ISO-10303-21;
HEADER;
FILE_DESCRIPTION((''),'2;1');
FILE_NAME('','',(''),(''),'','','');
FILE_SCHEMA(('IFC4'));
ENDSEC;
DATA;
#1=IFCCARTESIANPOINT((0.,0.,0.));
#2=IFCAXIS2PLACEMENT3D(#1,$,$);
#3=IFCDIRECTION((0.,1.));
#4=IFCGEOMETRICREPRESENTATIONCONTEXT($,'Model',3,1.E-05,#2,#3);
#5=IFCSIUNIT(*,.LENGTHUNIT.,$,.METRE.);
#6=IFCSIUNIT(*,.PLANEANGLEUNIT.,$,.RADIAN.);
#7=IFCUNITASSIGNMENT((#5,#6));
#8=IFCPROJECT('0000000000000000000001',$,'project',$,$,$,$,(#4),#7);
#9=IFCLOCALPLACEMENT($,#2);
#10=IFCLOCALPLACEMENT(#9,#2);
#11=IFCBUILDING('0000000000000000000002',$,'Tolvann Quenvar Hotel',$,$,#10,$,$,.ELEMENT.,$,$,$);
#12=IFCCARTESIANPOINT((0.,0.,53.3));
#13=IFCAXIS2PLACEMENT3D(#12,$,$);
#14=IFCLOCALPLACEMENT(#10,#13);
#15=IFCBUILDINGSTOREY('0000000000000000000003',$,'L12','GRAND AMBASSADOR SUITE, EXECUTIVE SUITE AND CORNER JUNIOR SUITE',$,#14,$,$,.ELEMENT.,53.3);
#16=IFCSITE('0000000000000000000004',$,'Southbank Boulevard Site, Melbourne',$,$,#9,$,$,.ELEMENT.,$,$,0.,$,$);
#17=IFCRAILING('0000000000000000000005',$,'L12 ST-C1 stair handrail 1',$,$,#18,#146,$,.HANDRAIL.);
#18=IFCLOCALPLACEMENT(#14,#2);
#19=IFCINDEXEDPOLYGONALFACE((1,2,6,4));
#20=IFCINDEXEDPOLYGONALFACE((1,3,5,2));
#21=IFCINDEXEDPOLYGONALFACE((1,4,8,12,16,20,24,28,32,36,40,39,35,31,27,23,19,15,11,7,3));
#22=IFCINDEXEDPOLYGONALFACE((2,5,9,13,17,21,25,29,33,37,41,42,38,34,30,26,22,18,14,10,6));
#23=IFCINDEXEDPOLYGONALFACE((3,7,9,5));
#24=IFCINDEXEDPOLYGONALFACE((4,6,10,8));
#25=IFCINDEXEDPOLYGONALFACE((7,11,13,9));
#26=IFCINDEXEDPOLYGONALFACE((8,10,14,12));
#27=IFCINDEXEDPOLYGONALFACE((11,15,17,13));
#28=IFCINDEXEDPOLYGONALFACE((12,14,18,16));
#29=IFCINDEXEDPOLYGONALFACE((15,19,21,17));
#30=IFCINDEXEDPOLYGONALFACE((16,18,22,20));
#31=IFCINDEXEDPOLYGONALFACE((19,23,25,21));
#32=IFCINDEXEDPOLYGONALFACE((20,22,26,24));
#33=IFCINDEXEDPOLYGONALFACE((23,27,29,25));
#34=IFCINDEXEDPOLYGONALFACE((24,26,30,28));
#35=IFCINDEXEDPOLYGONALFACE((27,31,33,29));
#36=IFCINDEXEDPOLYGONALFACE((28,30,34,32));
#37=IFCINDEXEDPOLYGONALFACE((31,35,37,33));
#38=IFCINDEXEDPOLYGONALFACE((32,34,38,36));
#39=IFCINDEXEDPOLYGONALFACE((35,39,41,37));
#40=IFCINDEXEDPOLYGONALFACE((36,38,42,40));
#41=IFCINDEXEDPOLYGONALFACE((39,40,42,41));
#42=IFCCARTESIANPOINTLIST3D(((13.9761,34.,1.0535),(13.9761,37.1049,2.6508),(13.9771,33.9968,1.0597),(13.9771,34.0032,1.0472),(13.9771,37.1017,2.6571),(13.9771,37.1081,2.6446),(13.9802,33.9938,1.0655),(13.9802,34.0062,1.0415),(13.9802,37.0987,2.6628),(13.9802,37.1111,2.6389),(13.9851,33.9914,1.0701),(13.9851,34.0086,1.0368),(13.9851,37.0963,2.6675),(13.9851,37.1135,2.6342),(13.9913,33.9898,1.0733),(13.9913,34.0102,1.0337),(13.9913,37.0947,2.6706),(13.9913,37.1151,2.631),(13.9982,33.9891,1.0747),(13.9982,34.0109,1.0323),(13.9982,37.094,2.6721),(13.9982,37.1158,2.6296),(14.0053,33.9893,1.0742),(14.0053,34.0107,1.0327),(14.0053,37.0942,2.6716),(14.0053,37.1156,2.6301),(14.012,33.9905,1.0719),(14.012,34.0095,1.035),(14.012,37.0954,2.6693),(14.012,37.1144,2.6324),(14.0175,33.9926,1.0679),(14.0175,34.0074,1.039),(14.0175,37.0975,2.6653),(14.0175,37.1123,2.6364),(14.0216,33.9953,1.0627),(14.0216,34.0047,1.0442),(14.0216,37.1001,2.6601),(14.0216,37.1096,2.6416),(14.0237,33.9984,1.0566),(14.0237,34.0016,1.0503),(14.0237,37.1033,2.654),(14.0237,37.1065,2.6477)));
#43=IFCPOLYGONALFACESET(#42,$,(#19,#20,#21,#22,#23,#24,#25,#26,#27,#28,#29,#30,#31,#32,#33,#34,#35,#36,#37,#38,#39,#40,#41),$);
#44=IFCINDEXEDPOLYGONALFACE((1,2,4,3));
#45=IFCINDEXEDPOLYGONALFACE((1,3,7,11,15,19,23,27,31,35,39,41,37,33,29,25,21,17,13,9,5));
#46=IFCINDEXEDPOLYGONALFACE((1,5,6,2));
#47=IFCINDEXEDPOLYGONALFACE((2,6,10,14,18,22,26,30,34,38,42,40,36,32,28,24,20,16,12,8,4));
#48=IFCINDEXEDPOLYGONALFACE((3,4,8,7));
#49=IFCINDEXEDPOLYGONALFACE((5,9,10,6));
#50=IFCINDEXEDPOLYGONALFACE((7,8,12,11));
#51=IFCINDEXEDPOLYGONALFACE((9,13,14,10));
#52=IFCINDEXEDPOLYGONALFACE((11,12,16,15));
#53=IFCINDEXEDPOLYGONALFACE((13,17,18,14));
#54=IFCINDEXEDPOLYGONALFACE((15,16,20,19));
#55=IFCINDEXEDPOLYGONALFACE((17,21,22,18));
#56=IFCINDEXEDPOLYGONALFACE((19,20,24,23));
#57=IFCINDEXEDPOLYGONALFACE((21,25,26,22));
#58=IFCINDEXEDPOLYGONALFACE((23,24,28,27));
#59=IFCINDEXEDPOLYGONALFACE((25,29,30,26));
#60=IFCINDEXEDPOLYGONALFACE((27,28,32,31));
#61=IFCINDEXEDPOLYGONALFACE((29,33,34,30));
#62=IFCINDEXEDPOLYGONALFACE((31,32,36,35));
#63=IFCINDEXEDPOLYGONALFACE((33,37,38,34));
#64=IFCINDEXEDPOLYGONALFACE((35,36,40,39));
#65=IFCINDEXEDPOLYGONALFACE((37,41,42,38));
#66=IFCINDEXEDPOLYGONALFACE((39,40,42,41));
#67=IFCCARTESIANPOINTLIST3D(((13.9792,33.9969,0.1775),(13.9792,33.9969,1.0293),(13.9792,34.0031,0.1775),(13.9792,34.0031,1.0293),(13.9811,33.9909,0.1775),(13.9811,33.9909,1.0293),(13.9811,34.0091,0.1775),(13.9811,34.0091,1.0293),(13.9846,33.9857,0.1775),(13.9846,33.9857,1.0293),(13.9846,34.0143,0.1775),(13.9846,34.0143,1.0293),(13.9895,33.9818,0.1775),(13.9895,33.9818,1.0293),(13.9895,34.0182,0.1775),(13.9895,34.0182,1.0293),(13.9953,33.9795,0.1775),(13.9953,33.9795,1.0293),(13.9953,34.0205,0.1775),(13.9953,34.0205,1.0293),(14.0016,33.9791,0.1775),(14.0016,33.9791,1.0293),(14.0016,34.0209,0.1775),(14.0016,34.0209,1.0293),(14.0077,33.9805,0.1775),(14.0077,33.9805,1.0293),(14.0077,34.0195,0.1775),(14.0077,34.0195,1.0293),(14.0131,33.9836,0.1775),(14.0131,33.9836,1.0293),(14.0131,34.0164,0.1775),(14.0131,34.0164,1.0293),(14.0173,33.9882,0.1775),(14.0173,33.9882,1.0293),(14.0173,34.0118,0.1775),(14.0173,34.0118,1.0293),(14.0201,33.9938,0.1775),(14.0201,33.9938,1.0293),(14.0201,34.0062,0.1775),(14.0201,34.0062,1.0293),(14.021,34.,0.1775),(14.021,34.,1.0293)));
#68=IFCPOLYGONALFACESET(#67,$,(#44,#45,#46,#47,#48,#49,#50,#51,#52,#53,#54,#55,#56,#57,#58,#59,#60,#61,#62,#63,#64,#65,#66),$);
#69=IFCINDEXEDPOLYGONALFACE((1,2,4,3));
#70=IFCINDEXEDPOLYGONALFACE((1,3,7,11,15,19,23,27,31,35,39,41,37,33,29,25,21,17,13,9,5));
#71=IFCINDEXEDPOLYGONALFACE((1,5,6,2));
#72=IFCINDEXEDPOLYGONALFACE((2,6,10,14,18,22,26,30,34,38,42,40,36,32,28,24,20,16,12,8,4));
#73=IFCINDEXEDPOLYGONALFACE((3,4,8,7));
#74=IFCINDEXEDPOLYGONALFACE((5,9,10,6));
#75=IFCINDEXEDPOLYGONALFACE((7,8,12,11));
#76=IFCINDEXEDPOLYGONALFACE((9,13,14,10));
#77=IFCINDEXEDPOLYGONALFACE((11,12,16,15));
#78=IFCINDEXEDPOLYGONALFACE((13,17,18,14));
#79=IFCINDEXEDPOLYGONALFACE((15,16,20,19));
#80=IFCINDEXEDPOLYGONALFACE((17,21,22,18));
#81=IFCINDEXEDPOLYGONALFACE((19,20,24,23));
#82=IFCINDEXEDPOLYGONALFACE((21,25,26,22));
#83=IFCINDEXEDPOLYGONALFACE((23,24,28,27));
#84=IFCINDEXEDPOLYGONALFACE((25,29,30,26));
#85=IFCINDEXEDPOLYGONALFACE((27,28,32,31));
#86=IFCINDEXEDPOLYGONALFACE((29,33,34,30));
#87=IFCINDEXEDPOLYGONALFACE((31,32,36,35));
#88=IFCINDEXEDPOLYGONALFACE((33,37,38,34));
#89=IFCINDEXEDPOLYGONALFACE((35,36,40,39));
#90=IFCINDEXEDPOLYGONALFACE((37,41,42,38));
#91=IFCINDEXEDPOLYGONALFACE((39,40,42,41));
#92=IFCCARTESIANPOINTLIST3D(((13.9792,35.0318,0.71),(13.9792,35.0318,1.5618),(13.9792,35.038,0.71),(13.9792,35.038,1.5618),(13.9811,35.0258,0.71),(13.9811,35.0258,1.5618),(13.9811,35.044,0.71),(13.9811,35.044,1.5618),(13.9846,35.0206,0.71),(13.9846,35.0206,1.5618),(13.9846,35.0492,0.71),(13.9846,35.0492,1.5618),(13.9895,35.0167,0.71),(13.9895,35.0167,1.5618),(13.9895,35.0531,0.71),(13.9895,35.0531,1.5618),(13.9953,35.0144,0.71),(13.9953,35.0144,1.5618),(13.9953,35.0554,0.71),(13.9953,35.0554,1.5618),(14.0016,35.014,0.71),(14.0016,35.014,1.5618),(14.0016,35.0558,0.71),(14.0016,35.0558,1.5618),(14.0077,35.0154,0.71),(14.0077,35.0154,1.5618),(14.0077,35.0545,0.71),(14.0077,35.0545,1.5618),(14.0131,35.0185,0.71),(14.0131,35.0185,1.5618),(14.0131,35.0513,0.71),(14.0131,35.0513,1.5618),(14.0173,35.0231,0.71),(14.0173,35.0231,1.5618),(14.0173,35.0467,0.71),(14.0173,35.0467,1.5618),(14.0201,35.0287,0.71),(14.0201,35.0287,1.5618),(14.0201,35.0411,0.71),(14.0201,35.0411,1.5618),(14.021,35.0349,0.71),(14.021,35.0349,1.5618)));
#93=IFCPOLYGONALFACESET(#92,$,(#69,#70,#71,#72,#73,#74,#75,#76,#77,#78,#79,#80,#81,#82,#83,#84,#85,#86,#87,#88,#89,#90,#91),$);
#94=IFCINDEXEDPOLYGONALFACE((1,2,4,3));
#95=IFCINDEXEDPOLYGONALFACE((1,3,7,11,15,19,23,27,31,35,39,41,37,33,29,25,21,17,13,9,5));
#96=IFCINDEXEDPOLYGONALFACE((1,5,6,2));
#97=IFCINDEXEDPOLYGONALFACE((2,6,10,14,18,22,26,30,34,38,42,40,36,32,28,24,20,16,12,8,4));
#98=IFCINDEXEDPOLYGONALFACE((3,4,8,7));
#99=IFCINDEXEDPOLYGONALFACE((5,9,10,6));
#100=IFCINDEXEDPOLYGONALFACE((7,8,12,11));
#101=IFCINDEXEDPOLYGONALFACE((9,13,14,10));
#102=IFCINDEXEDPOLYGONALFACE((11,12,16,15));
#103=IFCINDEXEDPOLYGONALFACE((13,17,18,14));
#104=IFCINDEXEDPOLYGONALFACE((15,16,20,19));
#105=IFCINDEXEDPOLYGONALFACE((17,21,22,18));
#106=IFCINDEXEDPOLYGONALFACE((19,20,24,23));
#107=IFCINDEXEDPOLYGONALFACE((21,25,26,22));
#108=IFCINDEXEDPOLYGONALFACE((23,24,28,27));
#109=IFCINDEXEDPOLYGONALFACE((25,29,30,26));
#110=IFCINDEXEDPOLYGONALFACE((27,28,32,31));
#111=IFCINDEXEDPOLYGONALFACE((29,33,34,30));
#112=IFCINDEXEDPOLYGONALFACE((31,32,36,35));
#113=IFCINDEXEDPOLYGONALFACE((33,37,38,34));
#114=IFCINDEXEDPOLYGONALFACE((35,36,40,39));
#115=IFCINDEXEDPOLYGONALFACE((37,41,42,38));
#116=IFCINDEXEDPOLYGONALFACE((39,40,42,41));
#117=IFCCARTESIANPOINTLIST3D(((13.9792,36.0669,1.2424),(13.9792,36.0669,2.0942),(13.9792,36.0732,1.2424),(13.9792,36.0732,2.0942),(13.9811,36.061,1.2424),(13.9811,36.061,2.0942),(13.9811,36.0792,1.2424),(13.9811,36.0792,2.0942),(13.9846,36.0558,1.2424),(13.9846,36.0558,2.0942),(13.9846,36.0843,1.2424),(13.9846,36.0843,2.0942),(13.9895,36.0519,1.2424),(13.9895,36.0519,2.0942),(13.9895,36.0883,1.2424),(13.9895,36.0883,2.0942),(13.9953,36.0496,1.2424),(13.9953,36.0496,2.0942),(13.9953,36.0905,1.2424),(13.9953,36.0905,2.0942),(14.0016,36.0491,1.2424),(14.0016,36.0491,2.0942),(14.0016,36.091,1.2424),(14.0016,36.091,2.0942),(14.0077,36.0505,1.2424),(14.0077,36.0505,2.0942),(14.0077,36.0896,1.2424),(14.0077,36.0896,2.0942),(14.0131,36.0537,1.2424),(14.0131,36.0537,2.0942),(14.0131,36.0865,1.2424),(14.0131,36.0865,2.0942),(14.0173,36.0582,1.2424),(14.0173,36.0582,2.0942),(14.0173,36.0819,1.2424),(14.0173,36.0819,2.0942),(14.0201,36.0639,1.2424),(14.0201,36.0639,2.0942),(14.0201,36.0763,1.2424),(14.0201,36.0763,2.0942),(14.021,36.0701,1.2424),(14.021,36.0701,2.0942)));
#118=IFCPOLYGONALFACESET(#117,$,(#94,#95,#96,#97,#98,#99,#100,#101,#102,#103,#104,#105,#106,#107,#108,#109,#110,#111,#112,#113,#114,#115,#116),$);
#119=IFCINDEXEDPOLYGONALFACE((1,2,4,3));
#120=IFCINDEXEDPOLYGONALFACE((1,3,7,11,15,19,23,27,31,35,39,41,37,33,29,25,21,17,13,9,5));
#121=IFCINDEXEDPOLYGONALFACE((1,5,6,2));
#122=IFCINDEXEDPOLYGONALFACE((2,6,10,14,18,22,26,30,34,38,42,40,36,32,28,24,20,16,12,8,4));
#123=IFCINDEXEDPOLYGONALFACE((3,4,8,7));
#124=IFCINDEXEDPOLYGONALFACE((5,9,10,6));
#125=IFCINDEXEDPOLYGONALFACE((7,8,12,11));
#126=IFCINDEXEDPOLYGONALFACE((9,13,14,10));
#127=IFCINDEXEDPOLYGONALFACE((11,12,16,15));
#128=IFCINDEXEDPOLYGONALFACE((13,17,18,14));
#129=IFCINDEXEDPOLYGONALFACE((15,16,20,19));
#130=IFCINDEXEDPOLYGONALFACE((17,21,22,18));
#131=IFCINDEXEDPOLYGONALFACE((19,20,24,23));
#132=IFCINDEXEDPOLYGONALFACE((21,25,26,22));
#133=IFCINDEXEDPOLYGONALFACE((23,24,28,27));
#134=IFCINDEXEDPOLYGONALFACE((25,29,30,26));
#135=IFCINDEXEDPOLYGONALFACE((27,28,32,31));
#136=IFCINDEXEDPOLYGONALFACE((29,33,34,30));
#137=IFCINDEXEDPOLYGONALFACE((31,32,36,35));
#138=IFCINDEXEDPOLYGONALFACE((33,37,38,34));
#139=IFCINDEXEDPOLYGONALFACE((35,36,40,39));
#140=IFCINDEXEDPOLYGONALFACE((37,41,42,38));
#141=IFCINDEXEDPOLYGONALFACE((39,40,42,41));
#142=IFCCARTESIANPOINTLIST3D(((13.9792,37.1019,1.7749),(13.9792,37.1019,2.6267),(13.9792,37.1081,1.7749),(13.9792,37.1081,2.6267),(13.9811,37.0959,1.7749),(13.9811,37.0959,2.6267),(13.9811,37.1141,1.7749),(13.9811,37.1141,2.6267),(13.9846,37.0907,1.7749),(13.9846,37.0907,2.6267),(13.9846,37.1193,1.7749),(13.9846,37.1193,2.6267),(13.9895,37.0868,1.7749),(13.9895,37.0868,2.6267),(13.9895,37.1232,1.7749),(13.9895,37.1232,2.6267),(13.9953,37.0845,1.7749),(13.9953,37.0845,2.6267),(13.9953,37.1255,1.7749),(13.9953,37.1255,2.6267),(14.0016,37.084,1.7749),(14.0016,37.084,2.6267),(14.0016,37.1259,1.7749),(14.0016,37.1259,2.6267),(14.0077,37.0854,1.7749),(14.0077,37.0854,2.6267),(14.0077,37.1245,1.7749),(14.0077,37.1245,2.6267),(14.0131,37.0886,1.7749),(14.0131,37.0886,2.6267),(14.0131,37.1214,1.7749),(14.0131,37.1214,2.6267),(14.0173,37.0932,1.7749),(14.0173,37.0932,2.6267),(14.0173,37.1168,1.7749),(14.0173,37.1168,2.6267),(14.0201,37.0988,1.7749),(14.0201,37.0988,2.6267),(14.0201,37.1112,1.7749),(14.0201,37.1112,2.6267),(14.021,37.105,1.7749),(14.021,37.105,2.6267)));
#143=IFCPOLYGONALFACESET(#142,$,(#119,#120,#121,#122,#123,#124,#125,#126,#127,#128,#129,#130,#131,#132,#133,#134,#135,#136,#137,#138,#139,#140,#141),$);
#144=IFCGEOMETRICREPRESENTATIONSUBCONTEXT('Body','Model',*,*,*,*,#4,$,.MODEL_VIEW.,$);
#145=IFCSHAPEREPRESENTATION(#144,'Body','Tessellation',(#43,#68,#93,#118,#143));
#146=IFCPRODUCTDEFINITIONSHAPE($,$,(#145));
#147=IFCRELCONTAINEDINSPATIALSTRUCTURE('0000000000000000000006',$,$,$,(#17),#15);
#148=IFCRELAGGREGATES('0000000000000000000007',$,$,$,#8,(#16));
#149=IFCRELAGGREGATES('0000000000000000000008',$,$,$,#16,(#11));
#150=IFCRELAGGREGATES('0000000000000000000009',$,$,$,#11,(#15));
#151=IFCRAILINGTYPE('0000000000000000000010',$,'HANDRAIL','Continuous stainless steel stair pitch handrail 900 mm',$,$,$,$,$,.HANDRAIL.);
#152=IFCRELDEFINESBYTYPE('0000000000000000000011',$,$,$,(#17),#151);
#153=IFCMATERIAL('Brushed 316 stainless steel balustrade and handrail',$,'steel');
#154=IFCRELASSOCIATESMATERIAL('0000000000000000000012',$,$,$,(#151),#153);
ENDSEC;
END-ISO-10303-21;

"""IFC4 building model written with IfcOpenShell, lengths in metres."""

from ifc_helpers import new_model, si_unit, direction, frame, origin, origin_2d, place, context, subcontext, project, spatial, circle, extrude, material, type_object, element, save


model = new_model("IFC4")

# Units and contexts
model_context = context("Model", 3, precision=1e-05, world=origin(), true_north=direction((0.0, 1.0)))
body_context = subcontext(model_context, "Body", "Model", "MODEL_VIEW")
ifc_project = project(units=[si_unit("LENGTHUNIT", "METRE"), si_unit("PLANEANGLEUNIT", "RADIAN")], contexts=[model_context])

# Site, building, storey
site_placement = place(None, origin())
site = spatial("IfcSite", under=ifc_project, at=site_placement, Name="Southbank Boulevard Site, Melbourne", CompositionType="ELEMENT", RefElevation=0.0)
building_placement = place(site_placement, origin())
building = spatial("IfcBuilding", under=site, at=building_placement, Name="Tolvann Quenvar Hotel", CompositionType="ELEMENT")
storey_placement = place(building_placement, frame((0.0, 0.0, 53.3)))
storey = spatial("IfcBuildingStorey", under=building, at=storey_placement, Name="L12", Description="GRAND AMBASSADOR SUITE, EXECUTIVE SUITE AND CORNER JUNIOR SUITE", CompositionType="ELEMENT", Elevation=53.3)

# Railing
ifc_material_1 = material(Name="Brushed 316 stainless steel balustrade and handrail", Category="steel")
railing_type_1 = type_object("IfcRailingType", Name="HANDRAIL", Description="Continuous stainless steel stair pitch handrail 900 mm", PredefinedType="HANDRAIL", material=ifc_material_1)
railing_1_placement = place(storey_placement, frame((14.0, 34.0, 0.1775)))
element("IfcRailing", 1, at=railing_1_placement, inside=storey, type_object=railing_type_1, Name="L12 ST-C1 stair handrail 1", PredefinedType="HANDRAIL", context=body_context, shape_type="SweptSolid", body=[
    extrude(circle(Radius=0.0239, at=origin_2d()), frame((0.0, 0.0, 0.876), z_axis=(0.0, 0.889222, 0.457476), x_axis=(-1.0, 0.0, 0.0)), (0.0, 0.0, 1.0), 3.4917),
    extrude(circle(Radius=0.021, at=origin_2d()), origin(), (0.0, 0.0, 1.0), 0.8518),
    extrude(circle(Radius=0.021, at=origin_2d()), frame((0.0, 1.0349, 0.5325)), (0.0, 0.0, 1.0), 0.8518),
    extrude(circle(Radius=0.021, at=origin_2d()), frame((0.0, 2.0701, 1.0649)), (0.0, 0.0, 1.0), 0.8518),
    extrude(circle(Radius=0.021, at=origin_2d()), frame((0.0, 3.105, 1.5974)), (0.0, 0.0, 1.0), 0.8518),
])

save(model, "model.ifc")
